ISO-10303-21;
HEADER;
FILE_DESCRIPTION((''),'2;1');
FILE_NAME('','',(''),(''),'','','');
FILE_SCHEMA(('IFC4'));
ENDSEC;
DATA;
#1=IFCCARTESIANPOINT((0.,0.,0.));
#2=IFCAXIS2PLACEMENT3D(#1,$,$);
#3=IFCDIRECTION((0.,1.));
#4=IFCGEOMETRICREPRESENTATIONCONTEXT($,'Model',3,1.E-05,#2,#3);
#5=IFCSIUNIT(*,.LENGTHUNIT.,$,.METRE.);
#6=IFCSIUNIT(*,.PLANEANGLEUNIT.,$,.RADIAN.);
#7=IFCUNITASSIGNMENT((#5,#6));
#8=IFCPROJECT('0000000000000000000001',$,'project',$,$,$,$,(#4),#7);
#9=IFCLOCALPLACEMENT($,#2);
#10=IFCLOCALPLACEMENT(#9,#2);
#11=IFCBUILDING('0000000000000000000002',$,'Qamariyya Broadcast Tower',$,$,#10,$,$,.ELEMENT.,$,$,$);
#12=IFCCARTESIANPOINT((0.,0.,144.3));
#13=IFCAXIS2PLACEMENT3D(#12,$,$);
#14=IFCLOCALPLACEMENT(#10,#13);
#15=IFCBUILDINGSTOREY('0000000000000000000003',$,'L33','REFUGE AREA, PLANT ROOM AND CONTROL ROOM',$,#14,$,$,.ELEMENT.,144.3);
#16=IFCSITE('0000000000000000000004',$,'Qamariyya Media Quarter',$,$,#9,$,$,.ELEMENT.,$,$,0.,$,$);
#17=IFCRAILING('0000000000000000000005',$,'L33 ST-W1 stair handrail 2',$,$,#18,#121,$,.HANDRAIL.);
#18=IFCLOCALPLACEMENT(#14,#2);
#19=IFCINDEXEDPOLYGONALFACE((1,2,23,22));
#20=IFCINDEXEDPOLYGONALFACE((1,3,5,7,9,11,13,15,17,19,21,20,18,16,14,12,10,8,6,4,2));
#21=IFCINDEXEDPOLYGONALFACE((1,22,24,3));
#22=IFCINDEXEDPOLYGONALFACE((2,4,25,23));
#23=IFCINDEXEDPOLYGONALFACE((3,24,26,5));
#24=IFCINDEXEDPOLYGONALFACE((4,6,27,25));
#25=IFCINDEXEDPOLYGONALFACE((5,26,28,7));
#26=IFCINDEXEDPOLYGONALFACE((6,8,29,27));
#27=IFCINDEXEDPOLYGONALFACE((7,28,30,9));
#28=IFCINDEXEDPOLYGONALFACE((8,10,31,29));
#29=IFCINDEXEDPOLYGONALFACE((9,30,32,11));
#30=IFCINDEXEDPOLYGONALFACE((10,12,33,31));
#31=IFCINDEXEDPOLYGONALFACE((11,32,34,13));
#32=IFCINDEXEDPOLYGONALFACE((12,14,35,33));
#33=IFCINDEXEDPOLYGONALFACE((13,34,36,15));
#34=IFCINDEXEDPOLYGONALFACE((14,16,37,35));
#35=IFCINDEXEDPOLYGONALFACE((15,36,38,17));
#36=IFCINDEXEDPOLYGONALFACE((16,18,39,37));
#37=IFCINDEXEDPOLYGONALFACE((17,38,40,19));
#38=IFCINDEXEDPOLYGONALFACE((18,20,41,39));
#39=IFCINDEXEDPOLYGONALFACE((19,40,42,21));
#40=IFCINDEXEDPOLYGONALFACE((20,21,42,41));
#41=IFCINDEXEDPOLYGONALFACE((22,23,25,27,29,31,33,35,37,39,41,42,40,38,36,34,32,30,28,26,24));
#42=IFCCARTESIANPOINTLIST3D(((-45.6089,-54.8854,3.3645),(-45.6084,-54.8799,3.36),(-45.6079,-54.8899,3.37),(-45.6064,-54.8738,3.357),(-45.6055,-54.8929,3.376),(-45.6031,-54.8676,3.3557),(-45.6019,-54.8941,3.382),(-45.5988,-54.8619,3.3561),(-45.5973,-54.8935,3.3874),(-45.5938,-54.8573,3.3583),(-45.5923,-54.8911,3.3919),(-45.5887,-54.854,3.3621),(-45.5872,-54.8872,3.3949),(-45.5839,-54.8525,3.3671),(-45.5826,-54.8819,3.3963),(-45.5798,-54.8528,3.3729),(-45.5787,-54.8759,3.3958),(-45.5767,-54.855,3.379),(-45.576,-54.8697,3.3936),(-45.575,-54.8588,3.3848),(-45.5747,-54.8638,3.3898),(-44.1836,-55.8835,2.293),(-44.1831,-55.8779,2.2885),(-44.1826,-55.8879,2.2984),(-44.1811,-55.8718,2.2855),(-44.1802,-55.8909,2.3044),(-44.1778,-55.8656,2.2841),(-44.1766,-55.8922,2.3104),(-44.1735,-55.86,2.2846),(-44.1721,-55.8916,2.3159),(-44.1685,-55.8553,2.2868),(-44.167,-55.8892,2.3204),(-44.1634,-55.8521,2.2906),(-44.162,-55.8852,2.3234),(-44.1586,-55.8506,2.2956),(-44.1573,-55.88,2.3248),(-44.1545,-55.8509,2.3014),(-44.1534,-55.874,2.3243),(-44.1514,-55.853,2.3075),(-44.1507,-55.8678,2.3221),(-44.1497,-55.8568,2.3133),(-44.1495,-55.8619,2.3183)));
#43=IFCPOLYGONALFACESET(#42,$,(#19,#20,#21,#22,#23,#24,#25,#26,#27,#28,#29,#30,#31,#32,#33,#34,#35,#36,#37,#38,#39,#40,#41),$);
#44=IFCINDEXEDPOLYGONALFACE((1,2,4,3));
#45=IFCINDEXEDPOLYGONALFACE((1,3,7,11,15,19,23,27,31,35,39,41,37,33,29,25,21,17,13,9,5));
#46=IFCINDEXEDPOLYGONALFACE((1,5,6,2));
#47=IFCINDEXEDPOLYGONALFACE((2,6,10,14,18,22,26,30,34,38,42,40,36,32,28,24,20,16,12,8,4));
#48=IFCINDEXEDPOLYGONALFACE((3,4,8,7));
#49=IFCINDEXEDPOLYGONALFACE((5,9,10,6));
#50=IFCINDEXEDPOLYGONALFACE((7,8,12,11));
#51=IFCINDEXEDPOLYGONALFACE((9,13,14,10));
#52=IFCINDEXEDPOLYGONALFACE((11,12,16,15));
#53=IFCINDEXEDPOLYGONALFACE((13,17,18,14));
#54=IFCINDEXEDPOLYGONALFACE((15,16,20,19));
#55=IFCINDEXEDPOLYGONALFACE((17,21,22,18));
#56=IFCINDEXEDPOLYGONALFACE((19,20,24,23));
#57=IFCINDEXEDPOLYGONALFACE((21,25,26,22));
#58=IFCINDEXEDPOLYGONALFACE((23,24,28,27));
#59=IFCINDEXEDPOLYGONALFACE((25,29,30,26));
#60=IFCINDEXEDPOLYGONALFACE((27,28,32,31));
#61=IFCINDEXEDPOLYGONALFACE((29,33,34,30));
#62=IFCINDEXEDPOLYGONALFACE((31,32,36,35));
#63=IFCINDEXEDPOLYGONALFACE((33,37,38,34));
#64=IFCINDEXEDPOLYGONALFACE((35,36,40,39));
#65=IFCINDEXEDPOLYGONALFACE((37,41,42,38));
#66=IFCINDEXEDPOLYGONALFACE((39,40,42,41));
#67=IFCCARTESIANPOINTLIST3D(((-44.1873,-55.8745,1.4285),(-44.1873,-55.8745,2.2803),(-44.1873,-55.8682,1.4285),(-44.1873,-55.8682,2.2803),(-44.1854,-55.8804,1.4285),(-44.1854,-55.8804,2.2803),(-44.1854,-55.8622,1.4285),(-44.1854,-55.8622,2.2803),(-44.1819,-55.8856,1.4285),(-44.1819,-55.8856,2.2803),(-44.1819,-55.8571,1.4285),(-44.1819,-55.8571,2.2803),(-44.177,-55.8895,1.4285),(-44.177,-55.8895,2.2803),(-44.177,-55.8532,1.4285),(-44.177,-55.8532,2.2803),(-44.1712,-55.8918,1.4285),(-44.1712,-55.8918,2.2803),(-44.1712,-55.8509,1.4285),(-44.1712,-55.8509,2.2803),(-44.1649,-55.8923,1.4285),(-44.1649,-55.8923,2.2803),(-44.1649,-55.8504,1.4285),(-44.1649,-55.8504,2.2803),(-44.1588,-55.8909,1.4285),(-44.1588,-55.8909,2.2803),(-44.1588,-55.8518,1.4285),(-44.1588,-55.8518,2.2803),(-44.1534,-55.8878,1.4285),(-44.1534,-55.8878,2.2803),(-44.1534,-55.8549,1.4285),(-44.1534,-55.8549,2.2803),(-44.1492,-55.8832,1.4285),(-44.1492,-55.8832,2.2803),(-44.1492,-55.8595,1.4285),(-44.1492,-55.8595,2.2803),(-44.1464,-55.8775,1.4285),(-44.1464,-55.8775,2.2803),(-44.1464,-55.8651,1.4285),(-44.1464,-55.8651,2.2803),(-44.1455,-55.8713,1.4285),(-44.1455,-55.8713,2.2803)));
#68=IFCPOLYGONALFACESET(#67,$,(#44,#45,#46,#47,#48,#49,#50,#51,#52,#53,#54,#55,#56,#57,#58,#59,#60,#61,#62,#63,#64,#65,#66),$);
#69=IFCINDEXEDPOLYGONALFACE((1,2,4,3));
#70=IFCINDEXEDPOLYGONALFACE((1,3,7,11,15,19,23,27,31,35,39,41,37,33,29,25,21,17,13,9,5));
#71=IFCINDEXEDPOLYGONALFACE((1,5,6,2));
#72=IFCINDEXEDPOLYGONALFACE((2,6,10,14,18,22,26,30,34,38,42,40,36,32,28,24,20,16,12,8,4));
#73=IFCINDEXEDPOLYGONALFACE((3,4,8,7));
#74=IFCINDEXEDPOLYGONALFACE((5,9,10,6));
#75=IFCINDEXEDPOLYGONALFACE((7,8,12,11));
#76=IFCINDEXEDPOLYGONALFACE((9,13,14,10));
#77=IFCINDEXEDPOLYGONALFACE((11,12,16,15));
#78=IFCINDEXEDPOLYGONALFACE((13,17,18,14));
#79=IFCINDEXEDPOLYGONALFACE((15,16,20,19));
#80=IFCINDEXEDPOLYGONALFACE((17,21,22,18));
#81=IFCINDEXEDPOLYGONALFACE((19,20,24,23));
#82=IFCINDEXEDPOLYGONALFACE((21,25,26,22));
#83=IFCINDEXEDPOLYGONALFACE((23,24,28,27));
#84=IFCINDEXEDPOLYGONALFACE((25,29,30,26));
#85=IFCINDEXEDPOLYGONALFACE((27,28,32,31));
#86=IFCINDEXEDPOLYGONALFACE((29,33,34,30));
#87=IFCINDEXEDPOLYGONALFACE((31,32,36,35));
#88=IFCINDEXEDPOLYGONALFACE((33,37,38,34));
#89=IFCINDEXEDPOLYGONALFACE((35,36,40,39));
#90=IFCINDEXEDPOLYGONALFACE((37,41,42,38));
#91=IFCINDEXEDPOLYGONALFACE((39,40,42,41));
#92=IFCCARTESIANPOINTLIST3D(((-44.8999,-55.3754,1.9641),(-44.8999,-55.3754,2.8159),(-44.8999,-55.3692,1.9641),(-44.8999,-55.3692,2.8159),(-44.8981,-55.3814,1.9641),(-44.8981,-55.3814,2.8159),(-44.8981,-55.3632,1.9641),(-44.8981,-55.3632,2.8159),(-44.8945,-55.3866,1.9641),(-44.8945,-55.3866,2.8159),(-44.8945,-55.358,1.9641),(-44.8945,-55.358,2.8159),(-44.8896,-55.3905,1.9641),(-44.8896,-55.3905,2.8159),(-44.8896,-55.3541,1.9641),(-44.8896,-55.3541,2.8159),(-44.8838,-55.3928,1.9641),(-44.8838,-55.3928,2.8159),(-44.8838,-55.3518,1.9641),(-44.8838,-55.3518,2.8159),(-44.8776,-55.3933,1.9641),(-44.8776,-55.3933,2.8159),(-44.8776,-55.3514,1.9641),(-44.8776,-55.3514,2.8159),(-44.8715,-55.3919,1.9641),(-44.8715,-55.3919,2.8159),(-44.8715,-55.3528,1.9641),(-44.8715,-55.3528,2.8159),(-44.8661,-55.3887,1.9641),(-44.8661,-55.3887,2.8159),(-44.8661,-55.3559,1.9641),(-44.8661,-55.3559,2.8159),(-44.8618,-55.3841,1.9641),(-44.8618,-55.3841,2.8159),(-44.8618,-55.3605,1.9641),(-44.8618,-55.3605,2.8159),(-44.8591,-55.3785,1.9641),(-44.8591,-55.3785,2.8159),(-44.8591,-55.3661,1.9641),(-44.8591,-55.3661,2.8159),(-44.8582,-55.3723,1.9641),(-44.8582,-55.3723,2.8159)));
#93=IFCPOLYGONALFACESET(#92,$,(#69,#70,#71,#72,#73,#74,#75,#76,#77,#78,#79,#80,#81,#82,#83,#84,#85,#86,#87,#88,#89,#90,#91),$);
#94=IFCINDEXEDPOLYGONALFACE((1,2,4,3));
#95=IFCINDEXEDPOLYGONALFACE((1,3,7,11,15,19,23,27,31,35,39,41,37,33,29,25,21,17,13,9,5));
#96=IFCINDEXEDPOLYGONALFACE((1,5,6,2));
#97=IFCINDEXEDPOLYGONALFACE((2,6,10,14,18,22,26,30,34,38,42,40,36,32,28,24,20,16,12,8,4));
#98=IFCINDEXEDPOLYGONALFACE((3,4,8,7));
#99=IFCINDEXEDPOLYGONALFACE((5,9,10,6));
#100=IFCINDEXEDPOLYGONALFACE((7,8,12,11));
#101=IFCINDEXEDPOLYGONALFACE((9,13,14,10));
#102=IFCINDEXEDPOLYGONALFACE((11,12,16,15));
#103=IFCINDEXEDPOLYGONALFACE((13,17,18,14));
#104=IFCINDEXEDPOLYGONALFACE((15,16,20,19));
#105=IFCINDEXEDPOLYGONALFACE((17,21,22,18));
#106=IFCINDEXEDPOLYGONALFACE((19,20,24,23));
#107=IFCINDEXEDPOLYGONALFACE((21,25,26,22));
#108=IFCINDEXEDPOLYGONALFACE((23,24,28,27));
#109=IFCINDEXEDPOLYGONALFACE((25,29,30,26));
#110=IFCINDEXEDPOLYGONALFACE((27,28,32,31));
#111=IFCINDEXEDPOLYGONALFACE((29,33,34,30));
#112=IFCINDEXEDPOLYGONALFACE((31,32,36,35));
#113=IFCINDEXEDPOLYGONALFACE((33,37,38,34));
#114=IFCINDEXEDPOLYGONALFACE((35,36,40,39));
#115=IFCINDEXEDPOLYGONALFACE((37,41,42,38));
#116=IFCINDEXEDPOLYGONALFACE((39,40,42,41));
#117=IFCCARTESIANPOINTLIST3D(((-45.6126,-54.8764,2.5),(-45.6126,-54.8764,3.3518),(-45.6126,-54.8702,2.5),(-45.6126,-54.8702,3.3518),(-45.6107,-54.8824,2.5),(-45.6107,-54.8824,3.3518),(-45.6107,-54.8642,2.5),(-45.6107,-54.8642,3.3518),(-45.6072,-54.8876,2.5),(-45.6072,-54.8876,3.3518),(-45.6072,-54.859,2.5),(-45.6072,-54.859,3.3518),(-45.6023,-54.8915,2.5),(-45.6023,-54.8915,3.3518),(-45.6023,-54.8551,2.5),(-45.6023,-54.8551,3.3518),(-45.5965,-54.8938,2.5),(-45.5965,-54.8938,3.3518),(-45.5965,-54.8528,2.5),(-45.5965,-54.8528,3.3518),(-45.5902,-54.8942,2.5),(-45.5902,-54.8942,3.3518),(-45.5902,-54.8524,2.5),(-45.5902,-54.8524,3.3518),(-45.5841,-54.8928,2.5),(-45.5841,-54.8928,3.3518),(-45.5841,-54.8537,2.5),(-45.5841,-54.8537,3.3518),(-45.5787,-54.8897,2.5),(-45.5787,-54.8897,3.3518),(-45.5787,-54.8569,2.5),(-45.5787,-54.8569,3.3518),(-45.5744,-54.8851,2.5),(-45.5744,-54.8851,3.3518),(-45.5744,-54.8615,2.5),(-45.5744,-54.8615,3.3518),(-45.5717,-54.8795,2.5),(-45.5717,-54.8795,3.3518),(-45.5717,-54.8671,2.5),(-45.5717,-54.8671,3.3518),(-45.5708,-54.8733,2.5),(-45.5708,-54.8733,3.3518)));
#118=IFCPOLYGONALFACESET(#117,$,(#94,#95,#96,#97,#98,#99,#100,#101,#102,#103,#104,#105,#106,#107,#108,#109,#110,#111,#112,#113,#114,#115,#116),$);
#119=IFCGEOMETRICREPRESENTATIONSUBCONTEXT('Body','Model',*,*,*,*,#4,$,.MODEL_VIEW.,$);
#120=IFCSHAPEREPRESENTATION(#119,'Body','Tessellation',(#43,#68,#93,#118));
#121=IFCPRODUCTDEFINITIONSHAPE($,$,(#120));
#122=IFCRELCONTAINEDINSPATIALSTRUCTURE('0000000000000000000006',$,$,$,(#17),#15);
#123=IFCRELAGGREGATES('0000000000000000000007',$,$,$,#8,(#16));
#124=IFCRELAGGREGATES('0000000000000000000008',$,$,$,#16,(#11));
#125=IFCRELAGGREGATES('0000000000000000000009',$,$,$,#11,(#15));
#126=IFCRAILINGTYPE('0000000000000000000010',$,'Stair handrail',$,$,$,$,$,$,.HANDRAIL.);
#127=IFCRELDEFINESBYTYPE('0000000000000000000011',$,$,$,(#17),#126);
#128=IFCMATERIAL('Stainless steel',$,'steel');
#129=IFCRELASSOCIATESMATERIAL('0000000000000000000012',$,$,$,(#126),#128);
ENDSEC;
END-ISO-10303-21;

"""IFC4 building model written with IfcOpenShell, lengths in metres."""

from ifc_helpers import new_model, si_unit, direction, frame, origin, origin_2d, place, context, subcontext, project, spatial, circle, extrude, material, type_object, element, save


model = new_model("IFC4")

# Units and contexts
model_context = context("Model", 3, precision=1e-05, world=origin(), true_north=direction((0.0, 1.0)))
body_context = subcontext(model_context, "Body", "Model", "MODEL_VIEW")
ifc_project = project(units=[si_unit("LENGTHUNIT", "METRE"), si_unit("PLANEANGLEUNIT", "RADIAN")], contexts=[model_context])

# Site, building, storey
site_placement = place(None, origin())
site = spatial("IfcSite", under=ifc_project, at=site_placement, Name="Qamariyya Media Quarter", CompositionType="ELEMENT", RefElevation=0.0)
building_placement = place(site_placement, origin())
building = spatial("IfcBuilding", under=site, at=building_placement, Name="Qamariyya Broadcast Tower", CompositionType="ELEMENT")
storey_placement = place(building_placement, frame((0.0, 0.0, 144.3)))
storey = spatial("IfcBuildingStorey", under=building, at=storey_placement, Name="L33", Description="REFUGE AREA, PLANT ROOM AND CONTROL ROOM", CompositionType="ELEMENT", Elevation=144.3)

# Railing
ifc_material_1 = material(Name="Stainless steel", Category="steel")
railing_type_1 = type_object("IfcRailingType", Name="Stair handrail", PredefinedType="HANDRAIL", material=ifc_material_1)
railing_1_placement = place(storey_placement, frame((-44.1665, -55.8713, 1.4285)))
element("IfcRailing", 1, at=railing_1_placement, inside=storey, type_object=railing_type_1, Name="L33 ST-W1 stair handrail 2", PredefinedType="HANDRAIL", context=body_context, shape_type="SweptSolid", body=[
    extrude(circle(Radius=0.0239, at=origin_2d()), frame((0.0, 0.0, 0.876), z_axis=(-0.697489, 0.48841, 0.524371), x_axis=(-0.573594, -0.81914, 0.0)), (0.0, 0.0, 1.0), 2.0435),
    extrude(circle(Radius=0.021, at=origin_2d()), origin(), (0.0, 0.0, 1.0), 0.8518),
    extrude(circle(Radius=0.021, at=origin_2d()), frame((-0.7126, 0.499, 0.5356)), (0.0, 0.0, 1.0), 0.8518),
    extrude(circle(Radius=0.021, at=origin_2d()), frame((-1.4253, 0.998, 1.0715)), (0.0, 0.0, 1.0), 0.8518),
])

save(model, "model.ifc")
